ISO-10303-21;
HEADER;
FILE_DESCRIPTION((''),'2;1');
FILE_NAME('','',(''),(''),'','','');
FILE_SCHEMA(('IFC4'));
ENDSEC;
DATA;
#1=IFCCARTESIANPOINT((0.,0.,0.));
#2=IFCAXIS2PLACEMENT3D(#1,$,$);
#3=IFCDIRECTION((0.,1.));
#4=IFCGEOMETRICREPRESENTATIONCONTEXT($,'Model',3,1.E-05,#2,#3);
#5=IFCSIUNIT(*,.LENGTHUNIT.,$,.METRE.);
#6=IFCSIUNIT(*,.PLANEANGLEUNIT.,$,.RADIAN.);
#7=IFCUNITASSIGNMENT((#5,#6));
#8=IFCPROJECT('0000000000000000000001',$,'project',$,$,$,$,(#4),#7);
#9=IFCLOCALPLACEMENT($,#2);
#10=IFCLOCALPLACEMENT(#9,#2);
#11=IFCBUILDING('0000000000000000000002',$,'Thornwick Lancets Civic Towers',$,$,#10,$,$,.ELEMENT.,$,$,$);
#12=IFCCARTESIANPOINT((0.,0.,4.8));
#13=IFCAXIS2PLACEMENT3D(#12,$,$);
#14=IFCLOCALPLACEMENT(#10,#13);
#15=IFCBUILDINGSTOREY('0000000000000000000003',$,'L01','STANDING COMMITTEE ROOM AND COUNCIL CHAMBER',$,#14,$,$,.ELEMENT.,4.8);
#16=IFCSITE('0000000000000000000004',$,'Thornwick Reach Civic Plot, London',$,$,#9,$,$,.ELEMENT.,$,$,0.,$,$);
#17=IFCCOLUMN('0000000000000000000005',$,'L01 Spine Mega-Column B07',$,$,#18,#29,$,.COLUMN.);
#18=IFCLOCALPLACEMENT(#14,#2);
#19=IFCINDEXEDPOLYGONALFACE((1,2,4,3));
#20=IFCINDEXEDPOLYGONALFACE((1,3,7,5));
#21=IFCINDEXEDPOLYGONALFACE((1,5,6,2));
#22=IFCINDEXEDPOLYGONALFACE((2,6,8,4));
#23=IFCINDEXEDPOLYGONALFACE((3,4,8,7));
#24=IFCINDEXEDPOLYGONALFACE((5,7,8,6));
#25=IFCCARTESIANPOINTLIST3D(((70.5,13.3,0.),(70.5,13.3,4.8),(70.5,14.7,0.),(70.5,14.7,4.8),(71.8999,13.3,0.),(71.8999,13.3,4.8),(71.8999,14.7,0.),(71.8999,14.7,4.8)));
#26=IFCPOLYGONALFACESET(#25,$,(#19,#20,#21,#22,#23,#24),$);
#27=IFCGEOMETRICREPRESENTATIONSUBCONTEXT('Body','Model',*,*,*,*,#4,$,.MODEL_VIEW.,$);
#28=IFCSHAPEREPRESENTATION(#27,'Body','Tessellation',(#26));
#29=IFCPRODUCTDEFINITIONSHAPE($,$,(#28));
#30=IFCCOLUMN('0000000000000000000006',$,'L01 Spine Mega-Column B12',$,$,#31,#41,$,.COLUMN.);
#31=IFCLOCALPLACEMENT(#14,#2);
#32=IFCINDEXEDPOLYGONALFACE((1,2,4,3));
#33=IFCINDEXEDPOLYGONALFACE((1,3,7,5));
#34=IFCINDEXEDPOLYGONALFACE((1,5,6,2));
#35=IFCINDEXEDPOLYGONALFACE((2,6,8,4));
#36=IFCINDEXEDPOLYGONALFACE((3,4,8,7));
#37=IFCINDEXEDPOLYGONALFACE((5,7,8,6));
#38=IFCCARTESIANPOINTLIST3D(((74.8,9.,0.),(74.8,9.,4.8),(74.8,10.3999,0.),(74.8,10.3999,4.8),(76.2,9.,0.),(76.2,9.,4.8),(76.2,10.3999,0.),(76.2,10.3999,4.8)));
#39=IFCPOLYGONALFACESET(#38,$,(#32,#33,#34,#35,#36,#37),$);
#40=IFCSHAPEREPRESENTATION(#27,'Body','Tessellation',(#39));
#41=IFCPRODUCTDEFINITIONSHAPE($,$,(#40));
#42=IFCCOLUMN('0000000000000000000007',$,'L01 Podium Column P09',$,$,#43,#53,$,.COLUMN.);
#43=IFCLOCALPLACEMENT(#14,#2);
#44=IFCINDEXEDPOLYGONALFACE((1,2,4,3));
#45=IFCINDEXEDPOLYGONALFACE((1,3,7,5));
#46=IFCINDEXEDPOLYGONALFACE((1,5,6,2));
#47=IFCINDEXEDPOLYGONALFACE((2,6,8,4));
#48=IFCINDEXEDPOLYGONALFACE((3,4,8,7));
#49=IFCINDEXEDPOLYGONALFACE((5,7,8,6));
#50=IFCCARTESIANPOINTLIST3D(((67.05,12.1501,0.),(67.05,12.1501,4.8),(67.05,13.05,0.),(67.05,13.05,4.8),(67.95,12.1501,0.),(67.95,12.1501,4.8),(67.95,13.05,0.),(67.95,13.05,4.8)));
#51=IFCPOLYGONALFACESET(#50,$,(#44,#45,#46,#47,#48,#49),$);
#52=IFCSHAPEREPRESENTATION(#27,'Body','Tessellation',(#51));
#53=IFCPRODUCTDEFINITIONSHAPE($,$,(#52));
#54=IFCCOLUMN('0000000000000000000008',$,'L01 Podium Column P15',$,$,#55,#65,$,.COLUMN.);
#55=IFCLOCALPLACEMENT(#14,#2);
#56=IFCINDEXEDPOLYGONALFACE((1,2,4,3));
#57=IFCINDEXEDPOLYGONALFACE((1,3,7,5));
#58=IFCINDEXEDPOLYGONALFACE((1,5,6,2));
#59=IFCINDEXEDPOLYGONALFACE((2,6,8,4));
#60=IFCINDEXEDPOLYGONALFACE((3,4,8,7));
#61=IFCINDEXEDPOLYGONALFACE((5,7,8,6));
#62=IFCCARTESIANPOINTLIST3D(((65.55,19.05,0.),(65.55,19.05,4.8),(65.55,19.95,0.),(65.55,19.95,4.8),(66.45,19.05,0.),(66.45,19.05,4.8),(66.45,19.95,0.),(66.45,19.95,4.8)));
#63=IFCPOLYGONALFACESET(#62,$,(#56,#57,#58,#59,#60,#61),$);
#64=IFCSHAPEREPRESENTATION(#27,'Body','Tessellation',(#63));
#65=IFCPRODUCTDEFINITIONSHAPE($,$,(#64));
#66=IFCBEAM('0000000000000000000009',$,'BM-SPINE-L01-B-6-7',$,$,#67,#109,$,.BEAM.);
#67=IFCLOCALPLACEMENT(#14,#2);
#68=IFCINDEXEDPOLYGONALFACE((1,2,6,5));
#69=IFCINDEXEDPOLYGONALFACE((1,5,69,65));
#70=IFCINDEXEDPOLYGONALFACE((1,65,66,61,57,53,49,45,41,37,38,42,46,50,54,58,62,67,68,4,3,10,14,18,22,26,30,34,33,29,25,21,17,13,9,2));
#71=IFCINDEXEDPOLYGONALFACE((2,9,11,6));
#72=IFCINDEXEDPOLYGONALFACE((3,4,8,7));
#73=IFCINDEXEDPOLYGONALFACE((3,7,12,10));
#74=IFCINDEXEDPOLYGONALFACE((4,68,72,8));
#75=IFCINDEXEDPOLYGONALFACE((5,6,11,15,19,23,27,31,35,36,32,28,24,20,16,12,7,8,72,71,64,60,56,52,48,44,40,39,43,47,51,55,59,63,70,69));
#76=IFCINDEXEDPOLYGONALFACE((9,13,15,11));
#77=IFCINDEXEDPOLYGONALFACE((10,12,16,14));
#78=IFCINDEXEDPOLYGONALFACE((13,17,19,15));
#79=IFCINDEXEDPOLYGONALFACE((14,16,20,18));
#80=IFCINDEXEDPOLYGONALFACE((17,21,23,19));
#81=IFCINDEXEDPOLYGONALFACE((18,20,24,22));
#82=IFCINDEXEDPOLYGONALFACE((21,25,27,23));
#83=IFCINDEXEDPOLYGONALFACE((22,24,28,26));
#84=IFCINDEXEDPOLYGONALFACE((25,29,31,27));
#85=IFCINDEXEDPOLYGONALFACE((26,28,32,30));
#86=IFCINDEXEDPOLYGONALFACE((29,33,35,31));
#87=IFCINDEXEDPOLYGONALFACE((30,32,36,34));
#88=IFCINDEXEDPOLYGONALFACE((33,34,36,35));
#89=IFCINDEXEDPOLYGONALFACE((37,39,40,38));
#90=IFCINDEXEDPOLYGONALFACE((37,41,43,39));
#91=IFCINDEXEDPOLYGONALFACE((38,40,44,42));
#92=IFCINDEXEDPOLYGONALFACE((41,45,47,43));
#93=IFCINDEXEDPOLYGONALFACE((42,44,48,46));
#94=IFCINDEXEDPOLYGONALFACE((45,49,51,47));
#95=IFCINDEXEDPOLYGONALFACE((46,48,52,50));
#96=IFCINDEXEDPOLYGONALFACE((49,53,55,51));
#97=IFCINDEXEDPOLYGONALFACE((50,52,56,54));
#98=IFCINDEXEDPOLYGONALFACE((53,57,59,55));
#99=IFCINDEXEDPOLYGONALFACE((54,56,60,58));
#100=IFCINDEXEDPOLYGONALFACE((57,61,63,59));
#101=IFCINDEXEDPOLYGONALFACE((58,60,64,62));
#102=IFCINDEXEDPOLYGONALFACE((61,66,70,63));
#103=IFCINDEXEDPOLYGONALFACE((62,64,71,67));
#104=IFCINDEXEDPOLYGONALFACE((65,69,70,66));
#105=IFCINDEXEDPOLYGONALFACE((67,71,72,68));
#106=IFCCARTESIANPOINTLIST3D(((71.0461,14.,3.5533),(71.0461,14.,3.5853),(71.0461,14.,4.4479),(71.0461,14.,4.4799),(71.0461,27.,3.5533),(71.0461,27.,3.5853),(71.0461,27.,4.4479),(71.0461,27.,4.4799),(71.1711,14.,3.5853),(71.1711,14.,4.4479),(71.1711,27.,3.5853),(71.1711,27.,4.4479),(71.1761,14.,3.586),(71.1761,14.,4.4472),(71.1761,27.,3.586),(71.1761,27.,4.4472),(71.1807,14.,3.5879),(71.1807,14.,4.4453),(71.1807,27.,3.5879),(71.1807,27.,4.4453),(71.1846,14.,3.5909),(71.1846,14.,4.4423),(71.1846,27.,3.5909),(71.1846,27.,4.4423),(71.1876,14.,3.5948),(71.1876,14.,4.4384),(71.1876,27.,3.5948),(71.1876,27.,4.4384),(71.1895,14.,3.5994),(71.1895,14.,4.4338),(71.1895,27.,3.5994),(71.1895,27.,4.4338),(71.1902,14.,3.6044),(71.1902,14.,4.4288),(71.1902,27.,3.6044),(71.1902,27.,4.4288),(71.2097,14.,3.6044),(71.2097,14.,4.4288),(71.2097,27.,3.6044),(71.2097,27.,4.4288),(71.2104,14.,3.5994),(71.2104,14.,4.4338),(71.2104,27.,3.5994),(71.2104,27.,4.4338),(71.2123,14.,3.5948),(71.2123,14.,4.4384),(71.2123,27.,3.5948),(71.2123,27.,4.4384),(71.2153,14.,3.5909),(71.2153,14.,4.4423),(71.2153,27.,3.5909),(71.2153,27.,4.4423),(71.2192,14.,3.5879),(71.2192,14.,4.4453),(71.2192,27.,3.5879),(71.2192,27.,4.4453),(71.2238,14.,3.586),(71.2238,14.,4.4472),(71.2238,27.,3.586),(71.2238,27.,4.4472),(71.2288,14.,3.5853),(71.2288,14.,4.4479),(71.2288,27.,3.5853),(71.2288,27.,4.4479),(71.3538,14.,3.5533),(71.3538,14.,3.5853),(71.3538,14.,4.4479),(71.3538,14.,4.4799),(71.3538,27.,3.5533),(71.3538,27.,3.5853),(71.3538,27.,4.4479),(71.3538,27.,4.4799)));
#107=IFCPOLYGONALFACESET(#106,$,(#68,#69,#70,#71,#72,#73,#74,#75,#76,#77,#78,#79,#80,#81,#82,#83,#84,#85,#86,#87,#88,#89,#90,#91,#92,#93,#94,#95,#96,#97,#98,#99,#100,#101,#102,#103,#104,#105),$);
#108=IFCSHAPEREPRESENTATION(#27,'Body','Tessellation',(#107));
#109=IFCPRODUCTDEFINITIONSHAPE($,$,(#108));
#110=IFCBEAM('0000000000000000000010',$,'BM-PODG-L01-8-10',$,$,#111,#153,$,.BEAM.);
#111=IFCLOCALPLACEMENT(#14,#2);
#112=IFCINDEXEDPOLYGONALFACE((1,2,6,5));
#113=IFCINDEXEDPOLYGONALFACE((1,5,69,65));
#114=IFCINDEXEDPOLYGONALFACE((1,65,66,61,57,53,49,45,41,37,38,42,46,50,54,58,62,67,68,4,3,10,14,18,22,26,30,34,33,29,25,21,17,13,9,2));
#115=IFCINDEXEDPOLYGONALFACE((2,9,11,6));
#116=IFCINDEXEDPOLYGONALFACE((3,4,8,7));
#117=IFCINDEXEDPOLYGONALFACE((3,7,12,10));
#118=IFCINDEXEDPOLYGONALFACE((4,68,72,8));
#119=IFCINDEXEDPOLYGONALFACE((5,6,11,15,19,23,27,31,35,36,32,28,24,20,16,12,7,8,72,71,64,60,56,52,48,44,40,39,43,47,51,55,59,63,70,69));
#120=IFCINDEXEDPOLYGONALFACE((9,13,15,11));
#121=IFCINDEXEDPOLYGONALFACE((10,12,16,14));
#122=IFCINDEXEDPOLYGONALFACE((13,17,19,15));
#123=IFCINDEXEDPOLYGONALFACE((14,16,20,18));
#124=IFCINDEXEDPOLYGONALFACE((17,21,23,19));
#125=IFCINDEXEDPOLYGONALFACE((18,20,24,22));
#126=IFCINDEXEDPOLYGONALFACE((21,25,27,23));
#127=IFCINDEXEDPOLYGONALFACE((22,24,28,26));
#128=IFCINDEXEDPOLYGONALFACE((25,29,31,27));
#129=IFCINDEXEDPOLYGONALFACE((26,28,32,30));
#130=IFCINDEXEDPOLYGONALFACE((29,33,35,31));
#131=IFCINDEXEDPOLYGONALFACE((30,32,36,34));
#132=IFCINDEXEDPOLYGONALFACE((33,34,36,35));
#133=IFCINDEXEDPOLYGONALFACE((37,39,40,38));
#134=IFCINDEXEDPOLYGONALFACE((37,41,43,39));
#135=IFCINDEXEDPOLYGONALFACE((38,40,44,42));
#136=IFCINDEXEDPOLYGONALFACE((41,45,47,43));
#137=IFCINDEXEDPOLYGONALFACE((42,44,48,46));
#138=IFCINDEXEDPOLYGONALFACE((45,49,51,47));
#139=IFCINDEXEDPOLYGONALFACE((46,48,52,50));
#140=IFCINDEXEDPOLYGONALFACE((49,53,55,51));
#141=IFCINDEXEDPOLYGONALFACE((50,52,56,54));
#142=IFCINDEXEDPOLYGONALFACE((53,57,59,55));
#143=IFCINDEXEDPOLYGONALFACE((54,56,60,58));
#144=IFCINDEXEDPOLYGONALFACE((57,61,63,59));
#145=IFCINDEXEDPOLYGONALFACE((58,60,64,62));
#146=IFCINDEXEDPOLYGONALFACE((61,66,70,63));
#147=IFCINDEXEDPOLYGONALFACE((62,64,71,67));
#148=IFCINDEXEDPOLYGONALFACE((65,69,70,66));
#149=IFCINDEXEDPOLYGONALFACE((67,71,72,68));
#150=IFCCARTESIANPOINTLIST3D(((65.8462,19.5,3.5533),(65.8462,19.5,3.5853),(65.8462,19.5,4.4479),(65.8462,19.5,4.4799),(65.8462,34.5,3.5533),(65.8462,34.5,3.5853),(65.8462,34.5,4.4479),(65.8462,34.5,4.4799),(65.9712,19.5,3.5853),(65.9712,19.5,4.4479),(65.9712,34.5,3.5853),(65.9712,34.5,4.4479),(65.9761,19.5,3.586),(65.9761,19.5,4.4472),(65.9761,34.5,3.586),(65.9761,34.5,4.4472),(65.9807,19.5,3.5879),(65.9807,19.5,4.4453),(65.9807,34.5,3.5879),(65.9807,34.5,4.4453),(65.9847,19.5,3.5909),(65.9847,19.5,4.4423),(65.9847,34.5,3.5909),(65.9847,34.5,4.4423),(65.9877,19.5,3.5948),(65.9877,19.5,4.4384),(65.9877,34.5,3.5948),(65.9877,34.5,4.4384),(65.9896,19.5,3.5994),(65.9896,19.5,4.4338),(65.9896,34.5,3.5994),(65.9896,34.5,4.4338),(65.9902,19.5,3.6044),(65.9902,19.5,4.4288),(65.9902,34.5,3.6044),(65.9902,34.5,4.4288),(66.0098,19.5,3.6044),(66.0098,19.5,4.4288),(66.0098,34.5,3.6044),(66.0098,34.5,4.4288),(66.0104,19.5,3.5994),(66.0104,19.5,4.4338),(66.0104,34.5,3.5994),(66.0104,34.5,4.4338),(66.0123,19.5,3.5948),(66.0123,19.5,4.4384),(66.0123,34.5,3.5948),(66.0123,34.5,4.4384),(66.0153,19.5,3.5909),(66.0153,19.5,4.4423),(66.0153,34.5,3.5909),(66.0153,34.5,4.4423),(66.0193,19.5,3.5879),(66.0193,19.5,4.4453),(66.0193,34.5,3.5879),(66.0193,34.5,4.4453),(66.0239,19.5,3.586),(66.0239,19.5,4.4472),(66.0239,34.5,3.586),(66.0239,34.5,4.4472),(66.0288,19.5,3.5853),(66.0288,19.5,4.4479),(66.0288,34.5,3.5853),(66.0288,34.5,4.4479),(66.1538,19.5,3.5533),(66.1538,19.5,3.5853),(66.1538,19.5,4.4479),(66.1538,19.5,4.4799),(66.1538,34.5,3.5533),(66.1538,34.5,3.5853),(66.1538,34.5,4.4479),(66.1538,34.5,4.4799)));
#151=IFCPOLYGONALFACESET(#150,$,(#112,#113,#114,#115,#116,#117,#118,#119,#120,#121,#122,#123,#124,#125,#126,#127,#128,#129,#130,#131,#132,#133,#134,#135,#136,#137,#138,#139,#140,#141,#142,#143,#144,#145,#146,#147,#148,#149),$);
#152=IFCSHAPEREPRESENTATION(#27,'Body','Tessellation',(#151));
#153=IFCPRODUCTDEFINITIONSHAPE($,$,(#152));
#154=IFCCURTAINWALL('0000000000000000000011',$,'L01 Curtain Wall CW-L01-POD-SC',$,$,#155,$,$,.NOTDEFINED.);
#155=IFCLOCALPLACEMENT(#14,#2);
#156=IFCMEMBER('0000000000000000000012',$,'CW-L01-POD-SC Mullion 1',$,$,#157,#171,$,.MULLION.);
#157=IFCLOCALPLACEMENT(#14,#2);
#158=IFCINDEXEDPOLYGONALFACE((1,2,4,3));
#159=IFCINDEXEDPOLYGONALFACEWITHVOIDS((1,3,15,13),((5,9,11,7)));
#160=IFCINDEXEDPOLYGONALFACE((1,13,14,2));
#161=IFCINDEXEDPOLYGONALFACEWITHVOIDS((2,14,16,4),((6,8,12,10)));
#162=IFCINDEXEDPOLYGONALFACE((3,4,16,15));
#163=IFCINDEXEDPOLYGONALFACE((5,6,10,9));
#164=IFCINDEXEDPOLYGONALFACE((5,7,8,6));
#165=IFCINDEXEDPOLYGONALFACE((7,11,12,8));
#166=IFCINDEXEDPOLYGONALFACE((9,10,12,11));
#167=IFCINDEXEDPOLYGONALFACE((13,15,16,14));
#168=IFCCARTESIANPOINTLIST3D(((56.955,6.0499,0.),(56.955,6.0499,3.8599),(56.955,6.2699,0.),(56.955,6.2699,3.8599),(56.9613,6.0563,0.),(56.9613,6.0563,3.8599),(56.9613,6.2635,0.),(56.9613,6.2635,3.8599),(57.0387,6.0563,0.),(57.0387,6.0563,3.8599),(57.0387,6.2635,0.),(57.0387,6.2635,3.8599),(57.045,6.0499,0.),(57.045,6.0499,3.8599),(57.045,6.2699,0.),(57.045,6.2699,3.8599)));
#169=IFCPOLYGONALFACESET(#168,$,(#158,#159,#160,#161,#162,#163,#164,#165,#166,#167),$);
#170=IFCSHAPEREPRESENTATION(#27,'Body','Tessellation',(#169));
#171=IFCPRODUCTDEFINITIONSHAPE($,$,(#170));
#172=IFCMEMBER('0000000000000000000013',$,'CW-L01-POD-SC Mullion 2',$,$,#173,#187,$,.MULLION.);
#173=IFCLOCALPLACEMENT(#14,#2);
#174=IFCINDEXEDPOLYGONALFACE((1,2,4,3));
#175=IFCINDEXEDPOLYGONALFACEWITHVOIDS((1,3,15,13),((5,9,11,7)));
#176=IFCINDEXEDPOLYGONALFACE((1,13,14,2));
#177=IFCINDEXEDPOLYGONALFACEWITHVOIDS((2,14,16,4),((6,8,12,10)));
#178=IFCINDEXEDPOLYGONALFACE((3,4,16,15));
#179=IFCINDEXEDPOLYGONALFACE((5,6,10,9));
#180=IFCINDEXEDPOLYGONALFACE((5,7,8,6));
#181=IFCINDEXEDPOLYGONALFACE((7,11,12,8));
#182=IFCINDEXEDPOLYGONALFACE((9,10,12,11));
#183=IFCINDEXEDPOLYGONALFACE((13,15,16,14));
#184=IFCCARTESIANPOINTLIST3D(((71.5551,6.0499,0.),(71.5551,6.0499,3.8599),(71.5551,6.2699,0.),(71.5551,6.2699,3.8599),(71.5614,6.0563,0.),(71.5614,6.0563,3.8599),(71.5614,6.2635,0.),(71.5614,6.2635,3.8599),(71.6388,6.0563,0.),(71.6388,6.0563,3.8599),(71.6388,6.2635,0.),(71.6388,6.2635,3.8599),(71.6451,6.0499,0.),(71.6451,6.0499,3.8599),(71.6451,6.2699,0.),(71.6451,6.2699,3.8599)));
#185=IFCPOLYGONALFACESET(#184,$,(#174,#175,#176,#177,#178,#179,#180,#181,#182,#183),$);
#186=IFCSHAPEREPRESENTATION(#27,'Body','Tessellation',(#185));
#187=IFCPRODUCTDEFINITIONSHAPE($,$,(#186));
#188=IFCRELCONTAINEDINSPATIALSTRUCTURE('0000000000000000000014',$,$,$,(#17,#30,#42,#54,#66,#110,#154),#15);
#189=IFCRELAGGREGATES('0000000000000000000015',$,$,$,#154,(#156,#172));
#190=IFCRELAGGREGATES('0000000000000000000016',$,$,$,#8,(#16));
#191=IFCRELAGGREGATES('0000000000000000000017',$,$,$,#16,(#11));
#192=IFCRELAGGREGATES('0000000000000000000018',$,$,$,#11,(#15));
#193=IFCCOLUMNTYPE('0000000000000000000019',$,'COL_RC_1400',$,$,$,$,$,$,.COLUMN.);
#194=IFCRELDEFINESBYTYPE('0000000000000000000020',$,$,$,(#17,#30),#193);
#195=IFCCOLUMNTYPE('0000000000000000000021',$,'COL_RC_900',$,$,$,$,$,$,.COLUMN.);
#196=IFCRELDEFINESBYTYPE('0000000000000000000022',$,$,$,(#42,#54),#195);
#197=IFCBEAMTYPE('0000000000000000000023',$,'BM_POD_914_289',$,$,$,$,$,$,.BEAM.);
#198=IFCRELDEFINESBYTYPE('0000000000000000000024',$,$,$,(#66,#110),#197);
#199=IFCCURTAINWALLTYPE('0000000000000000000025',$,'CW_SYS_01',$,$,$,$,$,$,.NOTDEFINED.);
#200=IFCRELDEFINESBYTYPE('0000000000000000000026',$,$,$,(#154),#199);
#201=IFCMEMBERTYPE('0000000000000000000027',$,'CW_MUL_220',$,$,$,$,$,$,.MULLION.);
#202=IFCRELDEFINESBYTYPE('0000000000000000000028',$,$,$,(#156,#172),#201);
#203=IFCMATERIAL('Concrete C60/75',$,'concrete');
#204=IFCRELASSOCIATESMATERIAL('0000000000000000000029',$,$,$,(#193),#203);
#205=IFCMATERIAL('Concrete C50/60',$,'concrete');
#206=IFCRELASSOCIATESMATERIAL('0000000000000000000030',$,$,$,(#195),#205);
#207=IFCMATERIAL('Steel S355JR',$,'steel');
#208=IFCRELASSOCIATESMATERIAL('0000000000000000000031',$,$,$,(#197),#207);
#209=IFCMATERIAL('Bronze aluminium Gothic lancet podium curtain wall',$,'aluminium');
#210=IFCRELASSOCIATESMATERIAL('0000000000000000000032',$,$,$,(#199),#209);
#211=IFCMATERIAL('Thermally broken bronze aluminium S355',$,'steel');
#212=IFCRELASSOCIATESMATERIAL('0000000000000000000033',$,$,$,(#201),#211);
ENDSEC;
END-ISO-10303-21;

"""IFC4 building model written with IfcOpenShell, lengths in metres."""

from ifc_helpers import new_model, si_unit, direction, frame, origin, origin_2d, place, context, subcontext, project, spatial, rectangle, hollow_rectangle, i_section, extrude, material, material_profile, profile_set, type_object, element, aggregate, save


model = new_model("IFC4")

# Units and contexts
model_context = context("Model", 3, precision=1e-05, world=origin(), true_north=direction((0.0, 1.0)))
body_context = subcontext(model_context, "Body", "Model", "MODEL_VIEW")
ifc_project = project(units=[si_unit("LENGTHUNIT", "METRE"), si_unit("PLANEANGLEUNIT", "RADIAN")], contexts=[model_context])

# Site, building, storey
site_placement = place(None, origin())
site = spatial("IfcSite", under=ifc_project, at=site_placement, Name="Thornwick Reach Civic Plot, London", CompositionType="ELEMENT", RefElevation=0.0)
building_placement = place(site_placement, origin())
building = spatial("IfcBuilding", under=site, at=building_placement, Name="Thornwick Lancets Civic Towers", CompositionType="ELEMENT")
storey_placement = place(building_placement, frame((0.0, 0.0, 4.8)))
storey = spatial("IfcBuildingStorey", under=building, at=storey_placement, Name="L01", Description="STANDING COMMITTEE ROOM AND COUNCIL CHAMBER", CompositionType="ELEMENT", Elevation=4.8)

# Columns
ifc_material_1 = material(Name="Concrete C60/75", Category="concrete")
ifc_material_profile_1 = material_profile(ifc_material_1, rectangle(XDim=1.3999, YDim=1.3999, at=origin_2d()), Name="RC 1400x1400")
ifc_profile_set_1 = profile_set([ifc_material_profile_1], Name="Concrete C60/75")
column_type_1 = type_object("IfcColumnType", Name="COL_RC_1400", PredefinedType="COLUMN", material=ifc_profile_set_1)
for number, where, z_axis, x_axis, name in (
    (1, (71.2, 14.0, 0.0), (0.0, 0.0, 1.0), (1.0, 0.0, 0.0), "L01 Spine Mega-Column B07"),
    (2, (75.5, 9.7, 0.0), (0.0, 0.0, 1.0), (1.0, 0.0, 0.0), "L01 Spine Mega-Column B12"),
):
    element("IfcColumn", number, at=place(storey_placement, frame(where, z_axis=z_axis, x_axis=x_axis)), inside=storey, type_object=column_type_1, Name=name, PredefinedType="COLUMN", context=body_context, shape_type="SweptSolid", body=[
        extrude(rectangle(XDim=1.3999, YDim=1.3999, at=origin_2d()), origin(), (0.0, 0.0, 1.0), 4.8),
    ])
ifc_material_2 = material(Name="Concrete C50/60", Category="concrete")
ifc_material_profile_2 = material_profile(ifc_material_2, rectangle(XDim=0.8999, YDim=0.8999, at=origin_2d()), Name="RC 900x900")
ifc_profile_set_2 = profile_set([ifc_material_profile_2], Name="Concrete C50/60")
column_type_2 = type_object("IfcColumnType", Name="COL_RC_900", PredefinedType="COLUMN", material=ifc_profile_set_2)
for number, where, z_axis, x_axis, name in (
    (3, (67.5, 12.6001, 0.0), (0.0, 0.0, 1.0), (1.0, 0.0, 0.0), "L01 Podium Column P09"),
    (4, (66.0, 19.5, 0.0), (0.0, 0.0, 1.0), (1.0, 0.0, 0.0), "L01 Podium Column P15"),
):
    element("IfcColumn", number, at=place(storey_placement, frame(where, z_axis=z_axis, x_axis=x_axis)), inside=storey, type_object=column_type_2, Name=name, PredefinedType="COLUMN", context=body_context, shape_type="SweptSolid", body=[
        extrude(rectangle(XDim=0.8999, YDim=0.8999, at=origin_2d()), origin(), (0.0, 0.0, 1.0), 4.8),
    ])

# Beams
ifc_material_3 = material(Name="Steel S355JR", Category="steel")
ifc_material_profile_3 = material_profile(ifc_material_3, i_section(OverallWidth=0.3076, OverallDepth=0.9265, WebThickness=0.0195, FlangeThickness=0.032, FilletRadius=0.019, at=origin_2d()), Name="UKB 914x305x289")
ifc_profile_set_3 = profile_set([ifc_material_profile_3], Name="Steel S355JR")
beam_type = type_object("IfcBeamType", Name="BM_POD_914_289", PredefinedType="BEAM", material=ifc_profile_set_3)
beam_1_placement = place(storey_placement, frame((71.2, 14.0, 4.0166), z_axis=(0.0, 1.0, 0.0), x_axis=(-1.0, 0.0, 0.0)))
element("IfcBeam", 5, at=beam_1_placement, inside=storey, type_object=beam_type, Name="BM-SPINE-L01-B-6-7", PredefinedType="BEAM", context=body_context, shape_type="SweptSolid", body=[
    extrude(i_section(OverallWidth=0.3076, OverallDepth=0.9265, WebThickness=0.0195, FlangeThickness=0.032, FilletRadius=0.019, at=origin_2d()), origin(), (0.0, 0.0, 1.0), 13.0),
])
beam_2_placement = place(storey_placement, frame((66.0, 19.5, 4.0166), z_axis=(0.0, 1.0, 0.0), x_axis=(-1.0, 0.0, 0.0)))
element("IfcBeam", 6, at=beam_2_placement, inside=storey, type_object=beam_type, Name="BM-PODG-L01-8-10", PredefinedType="BEAM", context=body_context, shape_type="SweptSolid", body=[
    extrude(i_section(OverallWidth=0.3076, OverallDepth=0.9265, WebThickness=0.0195, FlangeThickness=0.032, FilletRadius=0.019, at=origin_2d()), origin(), (0.0, 0.0, 1.0), 15.0),
])

# Curtain wall, members
ifc_material_4 = material(Name="Bronze aluminium Gothic lancet podium curtain wall", Category="aluminium")
curtain_wall_type = type_object("IfcCurtainWallType", Name="CW_SYS_01", PredefinedType="NOTDEFINED", material=ifc_material_4)
curtain_wall_placement = place(storey_placement, origin())
curtain_wall = element("IfcCurtainWall", 7, at=curtain_wall_placement, inside=storey, type_object=curtain_wall_type, Name="L01 Curtain Wall CW-L01-POD-SC", PredefinedType="NOTDEFINED")
ifc_material_5 = material(Name="Thermally broken bronze aluminium S355", Category="steel")
ifc_material_profile_4 = material_profile(ifc_material_5, hollow_rectangle(XDim=0.0901, YDim=0.22, WallThickness=0.0063, at=origin_2d()), Name="RHS 220x90x6.3")
ifc_profile_set_4 = profile_set([ifc_material_profile_4], Name="Thermally broken bronze aluminium S355")
member_type_1 = type_object("IfcMemberType", Name="CW_MUL_220", PredefinedType="MULLION", material=ifc_profile_set_4)
member_1_placement = place(storey_placement, frame((57.0, 6.1599, 0.0), z_axis=(0.0, 0.0, 1.0), x_axis=(1.0, 0.0, 0.0)))
member_1 = element("IfcMember", 8, at=member_1_placement, type_object=member_type_1, Name="CW-L01-POD-SC Mullion 1", PredefinedType="MULLION", context=body_context, shape_type="SweptSolid", body=[
    extrude(hollow_rectangle(XDim=0.0901, YDim=0.22, WallThickness=0.0063, at=origin_2d()), origin(), (0.0, 0.0, 1.0), 3.8599),
])
member_2_placement = place(storey_placement, frame((71.6001, 6.1599, 0.0), z_axis=(0.0, 0.0, 1.0), x_axis=(1.0, 0.0, 0.0)))
member_2 = element("IfcMember", 9, at=member_2_placement, type_object=member_type_1, Name="CW-L01-POD-SC Mullion 2", PredefinedType="MULLION", context=body_context, shape_type="SweptSolid", body=[
    extrude(hollow_rectangle(XDim=0.0901, YDim=0.22, WallThickness=0.0063, at=origin_2d()), origin(), (0.0, 0.0, 1.0), 3.8599),
])
aggregate(curtain_wall, [member_1, member_2])

save(model, "model.ifc")
